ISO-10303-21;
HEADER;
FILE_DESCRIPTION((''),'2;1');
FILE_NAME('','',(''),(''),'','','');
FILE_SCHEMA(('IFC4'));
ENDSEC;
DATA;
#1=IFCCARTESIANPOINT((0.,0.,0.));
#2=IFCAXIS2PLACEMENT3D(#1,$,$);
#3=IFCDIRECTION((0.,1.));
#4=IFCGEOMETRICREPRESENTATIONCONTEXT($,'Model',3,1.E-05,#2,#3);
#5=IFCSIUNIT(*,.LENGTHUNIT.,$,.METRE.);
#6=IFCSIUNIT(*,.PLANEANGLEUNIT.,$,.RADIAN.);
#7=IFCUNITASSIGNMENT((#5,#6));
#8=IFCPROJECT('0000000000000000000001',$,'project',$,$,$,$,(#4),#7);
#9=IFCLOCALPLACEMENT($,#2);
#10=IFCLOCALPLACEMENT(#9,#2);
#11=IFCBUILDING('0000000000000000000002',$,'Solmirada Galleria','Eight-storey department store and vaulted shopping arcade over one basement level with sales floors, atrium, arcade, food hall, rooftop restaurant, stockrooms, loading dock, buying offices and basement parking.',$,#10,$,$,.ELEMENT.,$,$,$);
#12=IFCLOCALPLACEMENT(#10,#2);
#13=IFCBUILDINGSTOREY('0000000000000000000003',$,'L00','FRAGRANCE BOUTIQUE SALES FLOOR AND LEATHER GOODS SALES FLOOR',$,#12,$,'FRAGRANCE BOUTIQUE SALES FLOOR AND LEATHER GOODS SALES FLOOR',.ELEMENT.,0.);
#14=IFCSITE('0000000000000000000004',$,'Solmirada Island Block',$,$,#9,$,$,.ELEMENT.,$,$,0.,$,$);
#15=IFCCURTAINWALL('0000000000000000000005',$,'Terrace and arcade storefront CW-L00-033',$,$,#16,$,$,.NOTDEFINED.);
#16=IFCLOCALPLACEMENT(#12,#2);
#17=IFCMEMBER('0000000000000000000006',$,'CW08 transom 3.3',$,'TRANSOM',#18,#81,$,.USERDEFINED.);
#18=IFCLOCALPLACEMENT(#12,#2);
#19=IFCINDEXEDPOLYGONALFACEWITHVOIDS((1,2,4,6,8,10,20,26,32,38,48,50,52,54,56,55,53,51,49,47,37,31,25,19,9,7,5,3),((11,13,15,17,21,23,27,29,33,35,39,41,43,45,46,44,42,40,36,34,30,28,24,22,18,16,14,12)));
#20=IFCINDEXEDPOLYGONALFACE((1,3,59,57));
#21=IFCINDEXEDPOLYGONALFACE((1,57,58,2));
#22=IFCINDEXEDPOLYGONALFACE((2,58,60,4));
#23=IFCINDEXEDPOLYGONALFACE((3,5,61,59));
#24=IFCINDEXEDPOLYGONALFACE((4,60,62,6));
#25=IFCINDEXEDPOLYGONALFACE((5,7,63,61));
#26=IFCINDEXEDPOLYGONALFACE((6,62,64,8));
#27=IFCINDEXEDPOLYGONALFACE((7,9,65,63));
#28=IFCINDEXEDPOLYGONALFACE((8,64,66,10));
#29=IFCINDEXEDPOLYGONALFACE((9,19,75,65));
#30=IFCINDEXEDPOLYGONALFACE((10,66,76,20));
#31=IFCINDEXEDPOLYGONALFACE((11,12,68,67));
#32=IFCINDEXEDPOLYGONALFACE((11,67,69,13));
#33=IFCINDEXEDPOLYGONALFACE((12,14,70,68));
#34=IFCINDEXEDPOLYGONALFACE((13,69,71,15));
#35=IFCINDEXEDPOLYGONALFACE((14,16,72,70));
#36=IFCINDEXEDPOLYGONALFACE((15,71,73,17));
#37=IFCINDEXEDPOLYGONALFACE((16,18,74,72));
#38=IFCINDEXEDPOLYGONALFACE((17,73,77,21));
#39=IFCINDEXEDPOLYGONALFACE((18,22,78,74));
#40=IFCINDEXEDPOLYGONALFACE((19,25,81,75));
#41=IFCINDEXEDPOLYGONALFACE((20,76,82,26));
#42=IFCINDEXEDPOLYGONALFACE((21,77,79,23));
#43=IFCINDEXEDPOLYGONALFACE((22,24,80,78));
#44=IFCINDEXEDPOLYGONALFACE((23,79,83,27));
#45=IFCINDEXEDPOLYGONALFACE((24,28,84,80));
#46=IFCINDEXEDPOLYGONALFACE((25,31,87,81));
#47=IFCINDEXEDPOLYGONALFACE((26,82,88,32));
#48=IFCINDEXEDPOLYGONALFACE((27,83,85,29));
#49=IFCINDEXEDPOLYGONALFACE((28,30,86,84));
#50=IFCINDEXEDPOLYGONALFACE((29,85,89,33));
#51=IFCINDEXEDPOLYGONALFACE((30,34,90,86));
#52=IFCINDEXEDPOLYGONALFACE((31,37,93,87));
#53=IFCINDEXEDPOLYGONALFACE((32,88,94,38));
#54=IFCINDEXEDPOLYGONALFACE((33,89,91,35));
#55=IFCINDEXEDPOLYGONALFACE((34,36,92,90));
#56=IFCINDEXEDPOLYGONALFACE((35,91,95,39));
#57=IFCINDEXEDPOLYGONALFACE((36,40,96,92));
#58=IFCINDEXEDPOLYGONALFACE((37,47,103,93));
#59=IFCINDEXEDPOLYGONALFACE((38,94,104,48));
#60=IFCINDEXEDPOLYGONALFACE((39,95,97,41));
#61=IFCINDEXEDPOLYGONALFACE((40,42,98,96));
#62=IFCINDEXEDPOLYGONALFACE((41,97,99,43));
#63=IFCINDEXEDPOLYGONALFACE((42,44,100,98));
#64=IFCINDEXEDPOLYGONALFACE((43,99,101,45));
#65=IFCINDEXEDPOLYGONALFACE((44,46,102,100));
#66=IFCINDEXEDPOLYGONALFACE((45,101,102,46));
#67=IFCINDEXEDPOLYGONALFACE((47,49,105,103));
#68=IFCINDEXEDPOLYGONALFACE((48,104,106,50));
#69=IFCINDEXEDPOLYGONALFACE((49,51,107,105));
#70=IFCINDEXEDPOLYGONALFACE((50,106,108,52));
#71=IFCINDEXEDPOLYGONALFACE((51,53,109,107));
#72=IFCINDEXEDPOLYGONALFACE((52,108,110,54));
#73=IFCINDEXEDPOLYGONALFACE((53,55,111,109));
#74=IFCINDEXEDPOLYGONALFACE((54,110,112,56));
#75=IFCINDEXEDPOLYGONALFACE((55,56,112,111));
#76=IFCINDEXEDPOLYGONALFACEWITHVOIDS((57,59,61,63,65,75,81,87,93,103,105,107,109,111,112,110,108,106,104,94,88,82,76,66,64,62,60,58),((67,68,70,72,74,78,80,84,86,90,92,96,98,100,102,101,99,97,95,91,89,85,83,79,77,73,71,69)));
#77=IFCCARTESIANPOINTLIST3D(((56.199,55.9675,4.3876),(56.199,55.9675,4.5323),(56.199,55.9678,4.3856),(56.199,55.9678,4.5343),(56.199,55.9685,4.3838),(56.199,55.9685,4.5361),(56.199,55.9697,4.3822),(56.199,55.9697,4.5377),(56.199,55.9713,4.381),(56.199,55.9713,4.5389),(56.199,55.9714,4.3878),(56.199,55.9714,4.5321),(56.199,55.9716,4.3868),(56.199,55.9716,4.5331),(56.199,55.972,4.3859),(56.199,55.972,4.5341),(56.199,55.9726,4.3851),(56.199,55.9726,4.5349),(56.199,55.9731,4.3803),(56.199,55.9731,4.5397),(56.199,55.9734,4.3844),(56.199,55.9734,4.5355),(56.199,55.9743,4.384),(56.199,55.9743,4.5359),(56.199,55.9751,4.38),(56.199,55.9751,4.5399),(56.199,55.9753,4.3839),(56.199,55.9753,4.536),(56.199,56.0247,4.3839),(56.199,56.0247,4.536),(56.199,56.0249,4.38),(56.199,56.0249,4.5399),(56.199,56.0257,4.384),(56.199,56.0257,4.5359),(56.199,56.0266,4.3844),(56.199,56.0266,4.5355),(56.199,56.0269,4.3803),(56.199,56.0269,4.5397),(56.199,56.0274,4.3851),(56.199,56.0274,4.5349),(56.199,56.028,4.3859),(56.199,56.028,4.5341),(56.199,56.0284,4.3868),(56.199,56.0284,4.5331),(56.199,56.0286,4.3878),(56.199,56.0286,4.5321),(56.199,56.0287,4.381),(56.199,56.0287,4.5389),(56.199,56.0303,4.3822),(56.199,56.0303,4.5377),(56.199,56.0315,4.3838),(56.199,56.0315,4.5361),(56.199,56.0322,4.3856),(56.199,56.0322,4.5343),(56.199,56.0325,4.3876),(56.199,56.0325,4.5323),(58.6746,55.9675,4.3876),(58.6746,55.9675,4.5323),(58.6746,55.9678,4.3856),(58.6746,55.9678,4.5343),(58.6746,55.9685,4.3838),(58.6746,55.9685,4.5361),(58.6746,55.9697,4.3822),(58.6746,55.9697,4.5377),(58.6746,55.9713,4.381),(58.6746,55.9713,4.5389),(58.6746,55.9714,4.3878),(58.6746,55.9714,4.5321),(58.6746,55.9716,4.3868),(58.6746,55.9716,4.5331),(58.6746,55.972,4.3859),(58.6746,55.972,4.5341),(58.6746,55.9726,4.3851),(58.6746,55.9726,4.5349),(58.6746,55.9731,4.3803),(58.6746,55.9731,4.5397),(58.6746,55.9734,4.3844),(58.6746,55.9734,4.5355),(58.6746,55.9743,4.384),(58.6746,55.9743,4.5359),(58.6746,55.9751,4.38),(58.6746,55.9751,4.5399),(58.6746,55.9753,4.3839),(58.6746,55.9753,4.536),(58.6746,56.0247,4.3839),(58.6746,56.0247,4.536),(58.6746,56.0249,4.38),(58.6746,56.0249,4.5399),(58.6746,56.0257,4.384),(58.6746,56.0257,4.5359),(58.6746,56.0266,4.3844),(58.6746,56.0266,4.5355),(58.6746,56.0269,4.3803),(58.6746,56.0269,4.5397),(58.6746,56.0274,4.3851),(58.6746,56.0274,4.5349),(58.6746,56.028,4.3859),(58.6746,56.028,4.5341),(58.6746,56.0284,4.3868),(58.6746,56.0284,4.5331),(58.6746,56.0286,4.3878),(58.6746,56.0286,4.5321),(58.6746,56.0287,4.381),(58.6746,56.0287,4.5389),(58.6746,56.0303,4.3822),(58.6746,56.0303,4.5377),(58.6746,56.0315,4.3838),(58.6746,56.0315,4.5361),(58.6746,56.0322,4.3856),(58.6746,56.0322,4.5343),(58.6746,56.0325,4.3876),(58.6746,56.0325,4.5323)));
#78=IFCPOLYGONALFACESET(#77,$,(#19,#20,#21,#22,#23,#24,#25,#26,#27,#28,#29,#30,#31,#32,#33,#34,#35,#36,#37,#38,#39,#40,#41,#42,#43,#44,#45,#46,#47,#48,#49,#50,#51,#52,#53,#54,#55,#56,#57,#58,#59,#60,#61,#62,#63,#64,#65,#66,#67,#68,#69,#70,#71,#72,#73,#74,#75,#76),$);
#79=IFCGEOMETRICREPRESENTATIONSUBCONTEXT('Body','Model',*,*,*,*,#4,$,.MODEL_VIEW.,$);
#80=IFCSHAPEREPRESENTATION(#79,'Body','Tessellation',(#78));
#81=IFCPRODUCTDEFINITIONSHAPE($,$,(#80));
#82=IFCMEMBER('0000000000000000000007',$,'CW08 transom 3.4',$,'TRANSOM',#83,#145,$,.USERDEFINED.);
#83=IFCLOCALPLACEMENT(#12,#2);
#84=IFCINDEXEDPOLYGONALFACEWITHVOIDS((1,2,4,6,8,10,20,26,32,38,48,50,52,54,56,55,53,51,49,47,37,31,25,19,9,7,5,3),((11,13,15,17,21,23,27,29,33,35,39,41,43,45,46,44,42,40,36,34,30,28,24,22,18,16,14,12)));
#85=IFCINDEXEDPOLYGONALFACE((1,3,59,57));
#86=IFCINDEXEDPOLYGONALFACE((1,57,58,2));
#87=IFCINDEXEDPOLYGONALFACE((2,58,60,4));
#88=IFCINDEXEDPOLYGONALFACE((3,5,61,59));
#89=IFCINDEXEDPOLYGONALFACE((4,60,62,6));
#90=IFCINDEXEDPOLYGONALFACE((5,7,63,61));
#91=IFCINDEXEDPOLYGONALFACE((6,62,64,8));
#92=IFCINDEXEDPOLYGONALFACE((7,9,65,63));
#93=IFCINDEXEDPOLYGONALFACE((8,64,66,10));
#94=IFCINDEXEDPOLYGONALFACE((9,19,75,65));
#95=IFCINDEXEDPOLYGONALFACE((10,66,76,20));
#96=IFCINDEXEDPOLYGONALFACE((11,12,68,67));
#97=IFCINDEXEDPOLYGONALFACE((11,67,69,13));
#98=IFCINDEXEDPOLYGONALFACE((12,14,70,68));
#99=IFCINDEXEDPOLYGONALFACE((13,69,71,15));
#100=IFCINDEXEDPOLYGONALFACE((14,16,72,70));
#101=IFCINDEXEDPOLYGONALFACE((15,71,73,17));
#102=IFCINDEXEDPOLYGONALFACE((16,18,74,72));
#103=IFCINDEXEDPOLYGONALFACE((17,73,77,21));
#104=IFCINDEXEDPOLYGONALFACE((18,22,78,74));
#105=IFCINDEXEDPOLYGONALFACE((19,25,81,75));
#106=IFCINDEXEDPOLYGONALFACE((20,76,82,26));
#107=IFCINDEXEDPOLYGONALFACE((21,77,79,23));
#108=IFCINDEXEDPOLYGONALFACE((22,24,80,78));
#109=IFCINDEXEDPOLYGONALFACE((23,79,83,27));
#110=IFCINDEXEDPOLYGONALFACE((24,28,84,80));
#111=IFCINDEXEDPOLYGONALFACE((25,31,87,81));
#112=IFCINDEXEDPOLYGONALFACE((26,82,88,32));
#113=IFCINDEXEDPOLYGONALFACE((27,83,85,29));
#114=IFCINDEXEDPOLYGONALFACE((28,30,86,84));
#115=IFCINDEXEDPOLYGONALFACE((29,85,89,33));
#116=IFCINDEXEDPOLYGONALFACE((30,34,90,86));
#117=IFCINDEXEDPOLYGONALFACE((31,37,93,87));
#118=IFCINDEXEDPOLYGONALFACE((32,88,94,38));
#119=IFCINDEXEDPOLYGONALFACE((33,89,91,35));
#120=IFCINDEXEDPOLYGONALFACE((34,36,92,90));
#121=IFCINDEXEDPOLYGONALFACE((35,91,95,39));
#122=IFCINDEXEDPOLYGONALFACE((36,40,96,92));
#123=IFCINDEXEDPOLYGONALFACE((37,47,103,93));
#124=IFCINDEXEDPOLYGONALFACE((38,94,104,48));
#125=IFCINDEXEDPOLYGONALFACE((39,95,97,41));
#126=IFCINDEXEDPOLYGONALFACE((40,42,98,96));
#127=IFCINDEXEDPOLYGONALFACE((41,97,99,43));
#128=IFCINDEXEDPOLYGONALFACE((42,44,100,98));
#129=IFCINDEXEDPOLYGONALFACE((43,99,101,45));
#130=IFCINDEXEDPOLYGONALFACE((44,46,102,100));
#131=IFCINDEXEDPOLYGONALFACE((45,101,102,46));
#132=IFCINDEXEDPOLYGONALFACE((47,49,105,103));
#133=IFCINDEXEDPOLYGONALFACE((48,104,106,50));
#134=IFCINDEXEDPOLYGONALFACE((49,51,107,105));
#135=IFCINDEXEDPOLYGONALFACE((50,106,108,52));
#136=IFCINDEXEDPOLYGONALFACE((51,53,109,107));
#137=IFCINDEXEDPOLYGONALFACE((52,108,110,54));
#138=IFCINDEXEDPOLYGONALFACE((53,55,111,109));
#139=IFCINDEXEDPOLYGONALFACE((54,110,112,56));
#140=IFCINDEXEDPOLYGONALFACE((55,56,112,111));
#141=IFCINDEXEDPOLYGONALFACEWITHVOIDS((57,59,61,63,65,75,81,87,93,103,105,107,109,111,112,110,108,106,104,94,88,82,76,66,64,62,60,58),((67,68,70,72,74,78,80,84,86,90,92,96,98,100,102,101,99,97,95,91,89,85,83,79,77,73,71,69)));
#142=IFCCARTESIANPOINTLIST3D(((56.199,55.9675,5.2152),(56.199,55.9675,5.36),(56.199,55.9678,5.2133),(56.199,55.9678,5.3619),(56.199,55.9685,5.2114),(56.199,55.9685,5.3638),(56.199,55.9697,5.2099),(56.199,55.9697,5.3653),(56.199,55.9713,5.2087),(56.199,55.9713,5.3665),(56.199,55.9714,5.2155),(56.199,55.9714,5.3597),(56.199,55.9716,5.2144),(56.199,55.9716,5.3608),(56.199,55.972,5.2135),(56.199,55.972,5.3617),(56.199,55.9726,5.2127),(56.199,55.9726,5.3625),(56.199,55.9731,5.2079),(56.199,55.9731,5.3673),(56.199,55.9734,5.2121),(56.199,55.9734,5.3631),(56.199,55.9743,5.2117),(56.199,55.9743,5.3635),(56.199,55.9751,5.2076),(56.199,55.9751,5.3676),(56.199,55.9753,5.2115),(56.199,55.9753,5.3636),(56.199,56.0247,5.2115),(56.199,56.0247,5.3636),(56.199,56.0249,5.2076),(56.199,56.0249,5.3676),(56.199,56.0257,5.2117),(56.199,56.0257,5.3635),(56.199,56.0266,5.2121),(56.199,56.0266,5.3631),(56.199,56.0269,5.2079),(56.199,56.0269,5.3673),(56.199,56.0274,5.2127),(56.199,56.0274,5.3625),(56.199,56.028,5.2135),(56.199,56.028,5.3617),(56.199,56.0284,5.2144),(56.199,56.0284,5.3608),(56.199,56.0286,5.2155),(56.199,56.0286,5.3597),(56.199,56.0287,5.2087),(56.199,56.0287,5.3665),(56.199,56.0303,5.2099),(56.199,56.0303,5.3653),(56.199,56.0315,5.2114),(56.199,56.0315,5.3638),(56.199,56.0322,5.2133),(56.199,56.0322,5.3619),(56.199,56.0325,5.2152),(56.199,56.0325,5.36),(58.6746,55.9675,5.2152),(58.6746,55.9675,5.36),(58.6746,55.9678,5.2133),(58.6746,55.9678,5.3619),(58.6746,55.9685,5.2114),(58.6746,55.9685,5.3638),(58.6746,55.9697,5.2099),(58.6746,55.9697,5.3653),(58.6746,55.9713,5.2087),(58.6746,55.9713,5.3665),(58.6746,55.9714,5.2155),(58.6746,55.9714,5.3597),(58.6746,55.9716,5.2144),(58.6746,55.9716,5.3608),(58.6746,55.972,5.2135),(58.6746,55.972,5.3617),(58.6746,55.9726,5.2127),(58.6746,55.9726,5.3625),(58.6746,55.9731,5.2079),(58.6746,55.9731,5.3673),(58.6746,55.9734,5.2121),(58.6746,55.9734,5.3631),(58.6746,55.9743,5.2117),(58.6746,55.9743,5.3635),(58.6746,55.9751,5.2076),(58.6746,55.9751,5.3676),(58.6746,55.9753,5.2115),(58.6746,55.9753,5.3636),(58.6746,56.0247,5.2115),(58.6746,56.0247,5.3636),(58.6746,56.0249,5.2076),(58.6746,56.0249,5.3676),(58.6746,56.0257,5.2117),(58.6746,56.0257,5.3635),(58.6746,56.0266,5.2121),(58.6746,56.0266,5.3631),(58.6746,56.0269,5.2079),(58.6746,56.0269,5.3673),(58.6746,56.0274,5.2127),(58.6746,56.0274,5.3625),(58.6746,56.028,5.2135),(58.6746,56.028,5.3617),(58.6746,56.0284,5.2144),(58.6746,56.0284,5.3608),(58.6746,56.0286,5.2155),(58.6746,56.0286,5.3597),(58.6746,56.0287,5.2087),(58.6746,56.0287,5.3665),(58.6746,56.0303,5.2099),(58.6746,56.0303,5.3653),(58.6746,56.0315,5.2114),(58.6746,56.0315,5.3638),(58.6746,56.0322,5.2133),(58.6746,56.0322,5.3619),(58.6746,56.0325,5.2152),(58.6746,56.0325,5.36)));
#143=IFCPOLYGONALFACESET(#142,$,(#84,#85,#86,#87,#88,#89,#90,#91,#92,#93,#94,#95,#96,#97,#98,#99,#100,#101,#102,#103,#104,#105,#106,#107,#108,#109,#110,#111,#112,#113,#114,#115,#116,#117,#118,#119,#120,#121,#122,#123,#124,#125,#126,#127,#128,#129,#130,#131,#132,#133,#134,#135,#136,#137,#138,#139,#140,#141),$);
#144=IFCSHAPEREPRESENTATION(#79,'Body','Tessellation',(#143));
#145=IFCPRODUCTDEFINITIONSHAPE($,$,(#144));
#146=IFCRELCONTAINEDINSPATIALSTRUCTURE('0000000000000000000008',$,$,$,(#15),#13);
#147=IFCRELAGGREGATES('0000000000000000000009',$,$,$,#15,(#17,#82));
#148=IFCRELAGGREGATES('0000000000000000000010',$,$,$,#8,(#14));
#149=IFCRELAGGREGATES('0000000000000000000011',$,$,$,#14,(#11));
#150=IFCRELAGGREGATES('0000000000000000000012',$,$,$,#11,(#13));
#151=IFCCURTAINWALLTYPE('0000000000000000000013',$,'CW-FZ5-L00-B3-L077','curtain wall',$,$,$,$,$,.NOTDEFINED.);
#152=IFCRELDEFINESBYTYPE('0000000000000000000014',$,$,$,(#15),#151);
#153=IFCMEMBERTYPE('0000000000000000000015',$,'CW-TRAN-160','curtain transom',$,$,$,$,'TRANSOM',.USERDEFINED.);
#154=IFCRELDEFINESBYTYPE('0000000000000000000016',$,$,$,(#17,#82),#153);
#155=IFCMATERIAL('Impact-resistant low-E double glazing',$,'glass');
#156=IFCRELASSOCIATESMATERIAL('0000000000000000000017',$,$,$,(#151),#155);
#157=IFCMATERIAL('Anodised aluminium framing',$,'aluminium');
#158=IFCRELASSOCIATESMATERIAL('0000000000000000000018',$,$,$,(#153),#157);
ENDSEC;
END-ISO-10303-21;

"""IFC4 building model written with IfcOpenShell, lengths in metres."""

from ifc_helpers import new_model, si_unit, direction, frame, origin, origin_2d, place, context, subcontext, project, spatial, hollow_rectangle, extrude, material, material_profile, profile_set, type_object, element, aggregate, save


model = new_model("IFC4")

# Units and contexts
model_context = context("Model", 3, precision=1e-05, world=origin(), true_north=direction((0.0, 1.0)))
body_context = subcontext(model_context, "Body", "Model", "MODEL_VIEW")
ifc_project = project(units=[si_unit("LENGTHUNIT", "METRE"), si_unit("PLANEANGLEUNIT", "RADIAN")], contexts=[model_context])

# Site, building, storey
site_placement = place(None, origin())
site = spatial("IfcSite", under=ifc_project, at=site_placement, Name="Solmirada Island Block", CompositionType="ELEMENT", RefElevation=0.0)
building_placement = place(site_placement, origin())
building = spatial("IfcBuilding", under=site, at=building_placement, Name="Solmirada Galleria", Description="Eight-storey department store and vaulted shopping arcade over one basement level with sales floors, atrium, arcade, food hall, rooftop restaurant, stockrooms, loading dock, buying offices and basement parking.", CompositionType="ELEMENT")
storey_placement = place(building_placement, origin())
storey = spatial("IfcBuildingStorey", under=building, at=storey_placement, Name="L00", Description="FRAGRANCE BOUTIQUE SALES FLOOR AND LEATHER GOODS SALES FLOOR", LongName="FRAGRANCE BOUTIQUE SALES FLOOR AND LEATHER GOODS SALES FLOOR", CompositionType="ELEMENT", Elevation=0.0)

# Curtain wall
ifc_material_1 = material(Name="Impact-resistant low-E double glazing", Category="glass")
curtain_wall_type = type_object("IfcCurtainWallType", Name="CW-FZ5-L00-B3-L077", Description="curtain wall", PredefinedType="NOTDEFINED", material=ifc_material_1)
curtain_wall_1_placement = place(storey_placement, origin())
curtain_wall_1 = element("IfcCurtainWall", 1, at=curtain_wall_1_placement, inside=storey, type_object=curtain_wall_type, Name="Terrace and arcade storefront CW-L00-033", PredefinedType="NOTDEFINED")
ifc_material_2 = material(Name="Anodised aluminium framing", Category="aluminium")

# Members
ifc_material_profile_1 = material_profile(ifc_material_2, hollow_rectangle(XDim=0.0649, YDim=0.1599, WallThickness=0.0039, InnerFilletRadius=0.0039, OuterFilletRadius=0.0076, at=origin_2d()), Name="ALU-TRAN-160X65")
ifc_profile_set_1 = profile_set([ifc_material_profile_1], Name="Anodised aluminium framing")
member_type_1 = type_object("IfcMemberType", Name="CW-TRAN-160", Description="curtain transom", ElementType="TRANSOM", PredefinedType="USERDEFINED", material=ifc_profile_set_1)
member_1_placement = place(storey_placement, frame((58.6746, 56.0, 4.46), z_axis=(-1.0, 0.0, 0.0), x_axis=(0.0, -1.0, 0.0)))
member_1 = element("IfcMember", 2, at=member_1_placement, type_object=member_type_1, Name="CW08 transom 3.3", ObjectType="TRANSOM", PredefinedType="USERDEFINED", context=body_context, shape_type="SweptSolid", body=[
    extrude(hollow_rectangle(XDim=0.0649, YDim=0.1599, WallThickness=0.0039, InnerFilletRadius=0.0039, OuterFilletRadius=0.0076, at=origin_2d()), origin(), (0.0, 0.0, 1.0), 2.4756),
])
member_2_placement = place(storey_placement, frame((58.6746, 56.0, 5.2876), z_axis=(-1.0, 0.0, 0.0), x_axis=(0.0, -1.0, 0.0)))
member_2 = element("IfcMember", 3, at=member_2_placement, type_object=member_type_1, Name="CW08 transom 3.4", ObjectType="TRANSOM", PredefinedType="USERDEFINED", context=body_context, shape_type="SweptSolid", body=[
    extrude(hollow_rectangle(XDim=0.0649, YDim=0.1599, WallThickness=0.0039, InnerFilletRadius=0.0039, OuterFilletRadius=0.0076, at=origin_2d()), origin(), (0.0, 0.0, 1.0), 2.4756),
])

aggregate(curtain_wall_1, [member_1, member_2])

save(model, "model.ifc")
